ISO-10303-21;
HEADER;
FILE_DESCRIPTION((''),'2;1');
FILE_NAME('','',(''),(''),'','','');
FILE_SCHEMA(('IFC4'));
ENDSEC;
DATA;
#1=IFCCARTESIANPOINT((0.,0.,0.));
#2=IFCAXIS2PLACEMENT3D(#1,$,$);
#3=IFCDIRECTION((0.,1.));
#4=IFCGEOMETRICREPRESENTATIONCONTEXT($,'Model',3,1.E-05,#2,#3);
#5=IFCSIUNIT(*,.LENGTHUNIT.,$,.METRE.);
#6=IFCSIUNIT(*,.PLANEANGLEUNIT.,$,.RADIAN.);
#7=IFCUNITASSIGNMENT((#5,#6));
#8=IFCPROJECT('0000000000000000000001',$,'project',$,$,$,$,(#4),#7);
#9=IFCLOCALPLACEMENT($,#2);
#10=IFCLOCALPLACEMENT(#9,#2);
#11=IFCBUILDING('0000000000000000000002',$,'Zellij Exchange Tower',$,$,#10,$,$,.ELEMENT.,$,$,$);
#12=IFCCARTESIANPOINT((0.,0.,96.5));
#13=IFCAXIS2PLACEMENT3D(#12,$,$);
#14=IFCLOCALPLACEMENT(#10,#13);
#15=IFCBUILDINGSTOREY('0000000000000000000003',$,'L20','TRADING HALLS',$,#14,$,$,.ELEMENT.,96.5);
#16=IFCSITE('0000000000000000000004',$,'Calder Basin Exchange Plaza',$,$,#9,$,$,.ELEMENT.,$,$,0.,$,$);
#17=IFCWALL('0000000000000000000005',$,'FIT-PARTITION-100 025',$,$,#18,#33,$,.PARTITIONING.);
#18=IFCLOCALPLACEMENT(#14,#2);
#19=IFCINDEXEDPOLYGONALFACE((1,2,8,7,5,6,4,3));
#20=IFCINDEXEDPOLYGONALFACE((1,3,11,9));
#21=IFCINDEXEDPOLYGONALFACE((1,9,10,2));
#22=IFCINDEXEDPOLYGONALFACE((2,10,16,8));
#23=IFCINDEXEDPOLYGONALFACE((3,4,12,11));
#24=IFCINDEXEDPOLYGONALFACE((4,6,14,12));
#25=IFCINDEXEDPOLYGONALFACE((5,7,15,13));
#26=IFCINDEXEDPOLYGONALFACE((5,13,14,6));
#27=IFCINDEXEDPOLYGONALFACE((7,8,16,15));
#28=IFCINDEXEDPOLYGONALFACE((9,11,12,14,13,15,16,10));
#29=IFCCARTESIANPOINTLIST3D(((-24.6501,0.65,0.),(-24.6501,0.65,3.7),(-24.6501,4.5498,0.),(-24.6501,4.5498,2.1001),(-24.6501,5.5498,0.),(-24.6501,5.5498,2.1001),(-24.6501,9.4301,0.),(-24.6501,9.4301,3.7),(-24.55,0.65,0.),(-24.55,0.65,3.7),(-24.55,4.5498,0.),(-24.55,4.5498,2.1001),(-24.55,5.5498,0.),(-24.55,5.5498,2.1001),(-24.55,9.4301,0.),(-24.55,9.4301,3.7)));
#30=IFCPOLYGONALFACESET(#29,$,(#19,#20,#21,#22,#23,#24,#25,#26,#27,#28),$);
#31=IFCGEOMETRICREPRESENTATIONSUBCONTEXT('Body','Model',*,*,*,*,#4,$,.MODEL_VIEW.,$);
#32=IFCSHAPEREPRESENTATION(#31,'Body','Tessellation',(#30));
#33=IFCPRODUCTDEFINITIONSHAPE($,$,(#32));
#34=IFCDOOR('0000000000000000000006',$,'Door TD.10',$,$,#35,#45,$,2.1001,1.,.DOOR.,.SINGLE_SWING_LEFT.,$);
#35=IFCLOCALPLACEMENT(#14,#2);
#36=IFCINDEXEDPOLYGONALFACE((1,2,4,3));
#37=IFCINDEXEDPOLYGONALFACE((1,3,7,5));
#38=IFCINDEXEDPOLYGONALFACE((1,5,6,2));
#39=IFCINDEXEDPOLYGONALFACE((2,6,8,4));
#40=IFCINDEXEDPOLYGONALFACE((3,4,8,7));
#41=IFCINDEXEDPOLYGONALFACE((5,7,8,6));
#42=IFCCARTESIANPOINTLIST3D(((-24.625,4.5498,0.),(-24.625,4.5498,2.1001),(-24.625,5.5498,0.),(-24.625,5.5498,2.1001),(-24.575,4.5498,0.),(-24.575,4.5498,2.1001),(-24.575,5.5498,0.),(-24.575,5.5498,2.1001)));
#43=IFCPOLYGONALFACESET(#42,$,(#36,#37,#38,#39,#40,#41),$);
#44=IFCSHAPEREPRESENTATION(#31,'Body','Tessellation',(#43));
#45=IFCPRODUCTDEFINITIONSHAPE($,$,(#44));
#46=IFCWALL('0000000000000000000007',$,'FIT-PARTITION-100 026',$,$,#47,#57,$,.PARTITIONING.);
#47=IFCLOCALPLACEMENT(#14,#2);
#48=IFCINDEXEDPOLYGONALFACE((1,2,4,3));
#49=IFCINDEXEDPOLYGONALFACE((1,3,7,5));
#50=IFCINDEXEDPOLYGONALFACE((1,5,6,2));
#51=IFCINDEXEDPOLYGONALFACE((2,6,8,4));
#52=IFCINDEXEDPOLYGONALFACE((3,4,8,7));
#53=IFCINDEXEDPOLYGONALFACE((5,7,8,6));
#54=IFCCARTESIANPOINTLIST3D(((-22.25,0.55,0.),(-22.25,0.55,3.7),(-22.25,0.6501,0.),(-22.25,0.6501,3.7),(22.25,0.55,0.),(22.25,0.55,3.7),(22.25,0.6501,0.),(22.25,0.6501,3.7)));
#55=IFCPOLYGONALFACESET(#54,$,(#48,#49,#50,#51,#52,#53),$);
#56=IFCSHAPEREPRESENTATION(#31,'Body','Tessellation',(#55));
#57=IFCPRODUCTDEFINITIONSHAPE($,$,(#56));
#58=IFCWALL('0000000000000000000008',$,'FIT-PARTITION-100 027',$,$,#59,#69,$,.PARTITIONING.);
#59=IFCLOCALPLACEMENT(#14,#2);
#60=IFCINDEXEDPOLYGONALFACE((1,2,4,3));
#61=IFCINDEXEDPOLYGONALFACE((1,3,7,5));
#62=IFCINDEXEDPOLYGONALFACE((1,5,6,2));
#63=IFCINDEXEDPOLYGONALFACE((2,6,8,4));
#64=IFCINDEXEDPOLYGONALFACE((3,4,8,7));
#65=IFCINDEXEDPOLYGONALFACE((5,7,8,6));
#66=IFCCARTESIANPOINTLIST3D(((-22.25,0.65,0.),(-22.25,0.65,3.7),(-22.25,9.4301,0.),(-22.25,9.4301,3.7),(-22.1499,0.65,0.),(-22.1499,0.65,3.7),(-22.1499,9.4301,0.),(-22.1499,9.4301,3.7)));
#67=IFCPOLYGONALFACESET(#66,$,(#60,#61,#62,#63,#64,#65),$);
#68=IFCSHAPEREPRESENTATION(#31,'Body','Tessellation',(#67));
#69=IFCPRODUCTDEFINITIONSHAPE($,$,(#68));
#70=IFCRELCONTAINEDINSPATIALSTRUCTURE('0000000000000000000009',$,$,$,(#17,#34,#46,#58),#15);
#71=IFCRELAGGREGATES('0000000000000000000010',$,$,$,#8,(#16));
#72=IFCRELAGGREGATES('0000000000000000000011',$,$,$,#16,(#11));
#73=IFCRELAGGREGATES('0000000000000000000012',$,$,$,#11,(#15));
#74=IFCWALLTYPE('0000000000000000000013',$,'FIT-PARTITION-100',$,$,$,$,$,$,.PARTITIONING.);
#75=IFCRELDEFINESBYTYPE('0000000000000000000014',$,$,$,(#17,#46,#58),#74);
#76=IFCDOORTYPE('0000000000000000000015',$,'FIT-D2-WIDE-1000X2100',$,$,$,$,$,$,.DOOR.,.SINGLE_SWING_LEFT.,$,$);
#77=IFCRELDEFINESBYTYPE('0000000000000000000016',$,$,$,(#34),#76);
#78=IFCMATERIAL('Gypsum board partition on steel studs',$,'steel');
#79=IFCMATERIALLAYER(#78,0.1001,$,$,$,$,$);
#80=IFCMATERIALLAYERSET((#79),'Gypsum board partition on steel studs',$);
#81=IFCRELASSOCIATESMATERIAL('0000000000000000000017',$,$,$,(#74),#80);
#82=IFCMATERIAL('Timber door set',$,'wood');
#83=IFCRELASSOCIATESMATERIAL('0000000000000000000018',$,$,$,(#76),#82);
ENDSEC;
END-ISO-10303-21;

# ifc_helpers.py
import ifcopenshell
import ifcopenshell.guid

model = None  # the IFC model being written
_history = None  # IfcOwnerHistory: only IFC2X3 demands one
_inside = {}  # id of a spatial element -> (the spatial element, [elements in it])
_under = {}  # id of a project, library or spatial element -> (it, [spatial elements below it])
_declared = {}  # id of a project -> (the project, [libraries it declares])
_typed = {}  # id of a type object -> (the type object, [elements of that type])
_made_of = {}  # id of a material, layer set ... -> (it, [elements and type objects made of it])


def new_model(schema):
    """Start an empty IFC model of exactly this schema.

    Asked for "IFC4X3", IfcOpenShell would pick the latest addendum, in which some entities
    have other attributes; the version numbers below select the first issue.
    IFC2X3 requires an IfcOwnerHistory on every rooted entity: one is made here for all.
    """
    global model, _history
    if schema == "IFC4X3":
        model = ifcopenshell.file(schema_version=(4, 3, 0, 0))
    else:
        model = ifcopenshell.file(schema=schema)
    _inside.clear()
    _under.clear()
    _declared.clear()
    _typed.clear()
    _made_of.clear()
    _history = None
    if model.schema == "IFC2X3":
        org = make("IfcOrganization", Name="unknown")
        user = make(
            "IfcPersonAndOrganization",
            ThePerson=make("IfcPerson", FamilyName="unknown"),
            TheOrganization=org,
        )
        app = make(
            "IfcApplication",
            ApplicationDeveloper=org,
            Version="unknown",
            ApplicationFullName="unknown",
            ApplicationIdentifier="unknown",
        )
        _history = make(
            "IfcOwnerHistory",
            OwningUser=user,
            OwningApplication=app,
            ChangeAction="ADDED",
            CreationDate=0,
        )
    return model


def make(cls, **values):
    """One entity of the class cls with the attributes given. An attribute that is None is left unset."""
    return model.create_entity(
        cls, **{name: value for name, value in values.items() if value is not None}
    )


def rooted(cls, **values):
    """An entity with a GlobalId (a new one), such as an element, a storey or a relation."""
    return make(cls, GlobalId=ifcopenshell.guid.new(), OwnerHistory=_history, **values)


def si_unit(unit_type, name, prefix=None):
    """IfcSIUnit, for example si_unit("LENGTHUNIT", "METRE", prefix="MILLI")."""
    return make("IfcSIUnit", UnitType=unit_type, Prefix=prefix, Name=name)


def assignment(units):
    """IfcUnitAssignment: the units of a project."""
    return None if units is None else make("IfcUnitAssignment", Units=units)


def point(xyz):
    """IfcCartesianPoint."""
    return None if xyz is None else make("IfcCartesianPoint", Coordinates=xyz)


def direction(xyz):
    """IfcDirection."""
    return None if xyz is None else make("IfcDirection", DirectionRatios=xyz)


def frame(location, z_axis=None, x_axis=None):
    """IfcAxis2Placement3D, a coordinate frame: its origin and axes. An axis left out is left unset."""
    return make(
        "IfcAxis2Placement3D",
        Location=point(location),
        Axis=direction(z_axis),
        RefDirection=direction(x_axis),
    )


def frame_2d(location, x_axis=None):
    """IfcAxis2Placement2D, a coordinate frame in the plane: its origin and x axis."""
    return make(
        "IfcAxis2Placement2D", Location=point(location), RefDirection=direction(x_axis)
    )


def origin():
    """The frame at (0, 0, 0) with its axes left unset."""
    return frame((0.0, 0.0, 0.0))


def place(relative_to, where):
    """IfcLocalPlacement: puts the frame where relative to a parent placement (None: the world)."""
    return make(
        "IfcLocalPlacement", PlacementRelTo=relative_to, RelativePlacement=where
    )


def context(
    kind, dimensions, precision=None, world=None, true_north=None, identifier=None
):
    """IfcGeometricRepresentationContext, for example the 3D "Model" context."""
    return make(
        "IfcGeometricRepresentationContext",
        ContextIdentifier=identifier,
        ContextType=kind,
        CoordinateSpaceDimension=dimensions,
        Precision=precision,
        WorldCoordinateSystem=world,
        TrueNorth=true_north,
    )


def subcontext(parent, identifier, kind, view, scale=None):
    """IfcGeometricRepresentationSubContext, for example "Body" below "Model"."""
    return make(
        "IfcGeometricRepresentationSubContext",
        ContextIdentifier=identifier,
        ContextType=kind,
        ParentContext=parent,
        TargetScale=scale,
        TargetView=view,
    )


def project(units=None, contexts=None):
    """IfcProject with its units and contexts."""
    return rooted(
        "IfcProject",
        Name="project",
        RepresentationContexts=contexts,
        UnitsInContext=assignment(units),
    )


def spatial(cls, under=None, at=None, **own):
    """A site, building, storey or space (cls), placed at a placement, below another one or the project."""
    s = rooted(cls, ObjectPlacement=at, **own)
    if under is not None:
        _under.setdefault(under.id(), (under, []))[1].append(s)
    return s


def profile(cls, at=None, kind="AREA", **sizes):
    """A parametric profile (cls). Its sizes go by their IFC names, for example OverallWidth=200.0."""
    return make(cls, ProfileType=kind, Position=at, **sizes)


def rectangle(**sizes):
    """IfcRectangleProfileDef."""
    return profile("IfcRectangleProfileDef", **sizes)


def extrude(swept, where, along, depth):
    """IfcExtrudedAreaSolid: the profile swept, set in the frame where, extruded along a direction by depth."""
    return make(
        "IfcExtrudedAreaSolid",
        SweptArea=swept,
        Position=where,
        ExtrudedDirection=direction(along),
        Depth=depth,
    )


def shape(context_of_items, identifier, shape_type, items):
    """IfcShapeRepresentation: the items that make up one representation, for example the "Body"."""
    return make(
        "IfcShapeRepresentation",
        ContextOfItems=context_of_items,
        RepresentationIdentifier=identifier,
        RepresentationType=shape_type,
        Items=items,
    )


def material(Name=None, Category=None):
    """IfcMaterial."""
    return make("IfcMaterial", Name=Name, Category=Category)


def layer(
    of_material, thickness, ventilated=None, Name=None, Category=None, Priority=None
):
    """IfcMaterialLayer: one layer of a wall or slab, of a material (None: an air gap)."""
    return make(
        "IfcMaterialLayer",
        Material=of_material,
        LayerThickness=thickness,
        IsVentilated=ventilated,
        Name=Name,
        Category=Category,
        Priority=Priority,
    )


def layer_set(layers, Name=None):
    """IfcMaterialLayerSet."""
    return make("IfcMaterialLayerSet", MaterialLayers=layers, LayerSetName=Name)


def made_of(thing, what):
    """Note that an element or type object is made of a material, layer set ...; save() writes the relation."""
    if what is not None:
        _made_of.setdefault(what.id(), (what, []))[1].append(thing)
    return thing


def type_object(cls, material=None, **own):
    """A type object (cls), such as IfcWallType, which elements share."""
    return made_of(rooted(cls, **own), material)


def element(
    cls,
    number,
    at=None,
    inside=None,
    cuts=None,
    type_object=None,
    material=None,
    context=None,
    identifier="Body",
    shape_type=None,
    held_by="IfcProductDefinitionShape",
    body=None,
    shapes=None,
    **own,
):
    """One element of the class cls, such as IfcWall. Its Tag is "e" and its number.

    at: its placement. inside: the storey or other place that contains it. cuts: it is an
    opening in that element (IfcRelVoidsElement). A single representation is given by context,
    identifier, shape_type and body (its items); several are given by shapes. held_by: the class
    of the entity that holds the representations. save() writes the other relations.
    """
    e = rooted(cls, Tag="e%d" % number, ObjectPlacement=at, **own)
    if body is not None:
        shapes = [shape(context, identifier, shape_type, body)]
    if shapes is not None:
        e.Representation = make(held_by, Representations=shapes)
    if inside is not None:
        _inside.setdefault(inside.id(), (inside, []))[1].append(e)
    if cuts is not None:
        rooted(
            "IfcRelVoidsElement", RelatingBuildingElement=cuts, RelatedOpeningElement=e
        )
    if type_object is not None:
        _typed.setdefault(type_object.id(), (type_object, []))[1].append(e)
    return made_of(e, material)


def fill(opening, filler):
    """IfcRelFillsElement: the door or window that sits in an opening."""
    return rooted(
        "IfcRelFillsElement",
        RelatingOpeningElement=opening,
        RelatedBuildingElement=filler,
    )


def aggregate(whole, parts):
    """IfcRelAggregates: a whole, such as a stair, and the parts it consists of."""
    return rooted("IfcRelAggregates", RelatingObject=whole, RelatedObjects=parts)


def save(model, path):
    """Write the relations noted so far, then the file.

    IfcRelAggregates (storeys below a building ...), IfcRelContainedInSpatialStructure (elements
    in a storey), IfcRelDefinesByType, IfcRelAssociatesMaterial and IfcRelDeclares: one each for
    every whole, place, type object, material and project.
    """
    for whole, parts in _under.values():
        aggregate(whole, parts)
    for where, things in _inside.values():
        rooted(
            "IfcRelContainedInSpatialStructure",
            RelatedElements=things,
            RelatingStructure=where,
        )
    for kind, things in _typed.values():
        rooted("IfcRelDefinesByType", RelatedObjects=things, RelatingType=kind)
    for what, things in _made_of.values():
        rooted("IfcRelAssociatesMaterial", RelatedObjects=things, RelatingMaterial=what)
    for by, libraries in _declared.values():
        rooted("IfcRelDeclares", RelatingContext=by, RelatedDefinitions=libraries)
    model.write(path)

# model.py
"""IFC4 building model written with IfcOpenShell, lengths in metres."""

from ifc_helpers import new_model, si_unit, direction, frame, frame_2d, origin, place, context, subcontext, project, spatial, rectangle, extrude, material, layer, layer_set, type_object, element, fill, save


model = new_model("IFC4")

# Units and contexts
model_context = context("Model", 3, precision=1e-05, world=origin(), true_north=direction((0.0, 1.0)))
body_context = subcontext(model_context, "Body", "Model", "MODEL_VIEW")
ifc_project = project(units=[si_unit("LENGTHUNIT", "METRE"), si_unit("PLANEANGLEUNIT", "RADIAN")], contexts=[model_context])

# Site, building, storey
site_placement = place(None, origin())
site = spatial("IfcSite", under=ifc_project, at=site_placement, Name="Calder Basin Exchange Plaza", CompositionType="ELEMENT", RefElevation=0.0)
building_placement = place(site_placement, origin())
building = spatial("IfcBuilding", under=site, at=building_placement, Name="Zellij Exchange Tower", CompositionType="ELEMENT")
storey_placement = place(building_placement, frame((0.0, 0.0, 96.5)))
storey = spatial("IfcBuildingStorey", under=building, at=storey_placement, Name="L20", Description="TRADING HALLS", CompositionType="ELEMENT", Elevation=96.5)

# Shared definitions
ifc_material_1 = material(Name="Gypsum board partition on steel studs", Category="steel")
ifc_layer_1 = layer(ifc_material_1, 0.1001)
ifc_layer_set_1 = layer_set([ifc_layer_1], Name="Gypsum board partition on steel studs")
wall_type_1 = type_object("IfcWallType", Name="FIT-PARTITION-100", PredefinedType="PARTITIONING", material=ifc_layer_set_1)

# Wall, opening, door
wall_1_placement = place(storey_placement, frame((-24.6001, 0.6499, 0.0), z_axis=(0.0, 0.0, 1.0), x_axis=(0.0, 1.0, 0.0)))
wall_1 = element("IfcWall", 1, at=wall_1_placement, inside=storey, type_object=wall_type_1, Name="FIT-PARTITION-100 025", PredefinedType="PARTITIONING", context=body_context, shape_type="SweptSolid", body=[
    extrude(rectangle(XDim=8.78, YDim=0.1001, at=frame_2d((4.3901, 0.0))), origin(), (0.0, 0.0, 1.0), 3.7),
])
opening_1_placement = place(wall_1_placement, frame((3.8999, 0.0, 0.0)))
opening_1 = element("IfcOpeningElement", 2, at=opening_1_placement, cuts=wall_1, PredefinedType="OPENING", context=body_context, shape_type="SweptSolid", body=[
    extrude(rectangle(XDim=1.0, YDim=2.1001, at=frame_2d((0.5, 1.05))), frame((0.0, 0.062, 0.0), z_axis=(0.0, -1.0, 0.0), x_axis=(1.0, 0.0, 0.0)), (0.0, 0.0, 1.0), 0.124),
])
ifc_material_2 = material(Name="Timber door set", Category="wood")
door_type_1 = type_object("IfcDoorType", Name="FIT-D2-WIDE-1000X2100", OperationType="SINGLE_SWING_LEFT", PredefinedType="DOOR", material=ifc_material_2)
door_1_placement = place(opening_1_placement, origin())
door_1 = element("IfcDoor", 3, at=door_1_placement, inside=storey, type_object=door_type_1, Name="Door TD.10", OperationType="SINGLE_SWING_LEFT", OverallHeight=2.1001, OverallWidth=1.0, PredefinedType="DOOR", context=body_context, shape_type="SweptSolid", body=[
    extrude(rectangle(XDim=1.0, YDim=2.1001, at=frame_2d((0.5, 1.05))), frame((0.0, 0.0249, 0.0), z_axis=(0.0, -1.0, 0.0), x_axis=(1.0, 0.0, 0.0)), (0.0, 0.0, 1.0), 0.05),
])
fill(opening_1, door_1)

# Walls
wall_2_placement = place(storey_placement, frame((-22.25, 0.6001, 0.0), z_axis=(0.0, 0.0, 1.0), x_axis=(1.0, 0.0, 0.0)))
element("IfcWall", 4, at=wall_2_placement, inside=storey, type_object=wall_type_1, Name="FIT-PARTITION-100 026", PredefinedType="PARTITIONING", context=body_context, shape_type="SweptSolid", body=[
    extrude(rectangle(XDim=44.5, YDim=0.1001, at=frame_2d((22.25, 0.0))), origin(), (0.0, 0.0, 1.0), 3.7),
])
wall_3_placement = place(storey_placement, frame((-22.2, 0.6499, 0.0), z_axis=(0.0, 0.0, 1.0), x_axis=(0.0, 1.0, 0.0)))
element("IfcWall", 5, at=wall_3_placement, inside=storey, type_object=wall_type_1, Name="FIT-PARTITION-100 027", PredefinedType="PARTITIONING", context=body_context, shape_type="SweptSolid", body=[
    extrude(rectangle(XDim=8.78, YDim=0.1001, at=frame_2d((4.3901, 0.0))), origin(), (0.0, 0.0, 1.0), 3.7),
])

save(model, "model.ifc")
